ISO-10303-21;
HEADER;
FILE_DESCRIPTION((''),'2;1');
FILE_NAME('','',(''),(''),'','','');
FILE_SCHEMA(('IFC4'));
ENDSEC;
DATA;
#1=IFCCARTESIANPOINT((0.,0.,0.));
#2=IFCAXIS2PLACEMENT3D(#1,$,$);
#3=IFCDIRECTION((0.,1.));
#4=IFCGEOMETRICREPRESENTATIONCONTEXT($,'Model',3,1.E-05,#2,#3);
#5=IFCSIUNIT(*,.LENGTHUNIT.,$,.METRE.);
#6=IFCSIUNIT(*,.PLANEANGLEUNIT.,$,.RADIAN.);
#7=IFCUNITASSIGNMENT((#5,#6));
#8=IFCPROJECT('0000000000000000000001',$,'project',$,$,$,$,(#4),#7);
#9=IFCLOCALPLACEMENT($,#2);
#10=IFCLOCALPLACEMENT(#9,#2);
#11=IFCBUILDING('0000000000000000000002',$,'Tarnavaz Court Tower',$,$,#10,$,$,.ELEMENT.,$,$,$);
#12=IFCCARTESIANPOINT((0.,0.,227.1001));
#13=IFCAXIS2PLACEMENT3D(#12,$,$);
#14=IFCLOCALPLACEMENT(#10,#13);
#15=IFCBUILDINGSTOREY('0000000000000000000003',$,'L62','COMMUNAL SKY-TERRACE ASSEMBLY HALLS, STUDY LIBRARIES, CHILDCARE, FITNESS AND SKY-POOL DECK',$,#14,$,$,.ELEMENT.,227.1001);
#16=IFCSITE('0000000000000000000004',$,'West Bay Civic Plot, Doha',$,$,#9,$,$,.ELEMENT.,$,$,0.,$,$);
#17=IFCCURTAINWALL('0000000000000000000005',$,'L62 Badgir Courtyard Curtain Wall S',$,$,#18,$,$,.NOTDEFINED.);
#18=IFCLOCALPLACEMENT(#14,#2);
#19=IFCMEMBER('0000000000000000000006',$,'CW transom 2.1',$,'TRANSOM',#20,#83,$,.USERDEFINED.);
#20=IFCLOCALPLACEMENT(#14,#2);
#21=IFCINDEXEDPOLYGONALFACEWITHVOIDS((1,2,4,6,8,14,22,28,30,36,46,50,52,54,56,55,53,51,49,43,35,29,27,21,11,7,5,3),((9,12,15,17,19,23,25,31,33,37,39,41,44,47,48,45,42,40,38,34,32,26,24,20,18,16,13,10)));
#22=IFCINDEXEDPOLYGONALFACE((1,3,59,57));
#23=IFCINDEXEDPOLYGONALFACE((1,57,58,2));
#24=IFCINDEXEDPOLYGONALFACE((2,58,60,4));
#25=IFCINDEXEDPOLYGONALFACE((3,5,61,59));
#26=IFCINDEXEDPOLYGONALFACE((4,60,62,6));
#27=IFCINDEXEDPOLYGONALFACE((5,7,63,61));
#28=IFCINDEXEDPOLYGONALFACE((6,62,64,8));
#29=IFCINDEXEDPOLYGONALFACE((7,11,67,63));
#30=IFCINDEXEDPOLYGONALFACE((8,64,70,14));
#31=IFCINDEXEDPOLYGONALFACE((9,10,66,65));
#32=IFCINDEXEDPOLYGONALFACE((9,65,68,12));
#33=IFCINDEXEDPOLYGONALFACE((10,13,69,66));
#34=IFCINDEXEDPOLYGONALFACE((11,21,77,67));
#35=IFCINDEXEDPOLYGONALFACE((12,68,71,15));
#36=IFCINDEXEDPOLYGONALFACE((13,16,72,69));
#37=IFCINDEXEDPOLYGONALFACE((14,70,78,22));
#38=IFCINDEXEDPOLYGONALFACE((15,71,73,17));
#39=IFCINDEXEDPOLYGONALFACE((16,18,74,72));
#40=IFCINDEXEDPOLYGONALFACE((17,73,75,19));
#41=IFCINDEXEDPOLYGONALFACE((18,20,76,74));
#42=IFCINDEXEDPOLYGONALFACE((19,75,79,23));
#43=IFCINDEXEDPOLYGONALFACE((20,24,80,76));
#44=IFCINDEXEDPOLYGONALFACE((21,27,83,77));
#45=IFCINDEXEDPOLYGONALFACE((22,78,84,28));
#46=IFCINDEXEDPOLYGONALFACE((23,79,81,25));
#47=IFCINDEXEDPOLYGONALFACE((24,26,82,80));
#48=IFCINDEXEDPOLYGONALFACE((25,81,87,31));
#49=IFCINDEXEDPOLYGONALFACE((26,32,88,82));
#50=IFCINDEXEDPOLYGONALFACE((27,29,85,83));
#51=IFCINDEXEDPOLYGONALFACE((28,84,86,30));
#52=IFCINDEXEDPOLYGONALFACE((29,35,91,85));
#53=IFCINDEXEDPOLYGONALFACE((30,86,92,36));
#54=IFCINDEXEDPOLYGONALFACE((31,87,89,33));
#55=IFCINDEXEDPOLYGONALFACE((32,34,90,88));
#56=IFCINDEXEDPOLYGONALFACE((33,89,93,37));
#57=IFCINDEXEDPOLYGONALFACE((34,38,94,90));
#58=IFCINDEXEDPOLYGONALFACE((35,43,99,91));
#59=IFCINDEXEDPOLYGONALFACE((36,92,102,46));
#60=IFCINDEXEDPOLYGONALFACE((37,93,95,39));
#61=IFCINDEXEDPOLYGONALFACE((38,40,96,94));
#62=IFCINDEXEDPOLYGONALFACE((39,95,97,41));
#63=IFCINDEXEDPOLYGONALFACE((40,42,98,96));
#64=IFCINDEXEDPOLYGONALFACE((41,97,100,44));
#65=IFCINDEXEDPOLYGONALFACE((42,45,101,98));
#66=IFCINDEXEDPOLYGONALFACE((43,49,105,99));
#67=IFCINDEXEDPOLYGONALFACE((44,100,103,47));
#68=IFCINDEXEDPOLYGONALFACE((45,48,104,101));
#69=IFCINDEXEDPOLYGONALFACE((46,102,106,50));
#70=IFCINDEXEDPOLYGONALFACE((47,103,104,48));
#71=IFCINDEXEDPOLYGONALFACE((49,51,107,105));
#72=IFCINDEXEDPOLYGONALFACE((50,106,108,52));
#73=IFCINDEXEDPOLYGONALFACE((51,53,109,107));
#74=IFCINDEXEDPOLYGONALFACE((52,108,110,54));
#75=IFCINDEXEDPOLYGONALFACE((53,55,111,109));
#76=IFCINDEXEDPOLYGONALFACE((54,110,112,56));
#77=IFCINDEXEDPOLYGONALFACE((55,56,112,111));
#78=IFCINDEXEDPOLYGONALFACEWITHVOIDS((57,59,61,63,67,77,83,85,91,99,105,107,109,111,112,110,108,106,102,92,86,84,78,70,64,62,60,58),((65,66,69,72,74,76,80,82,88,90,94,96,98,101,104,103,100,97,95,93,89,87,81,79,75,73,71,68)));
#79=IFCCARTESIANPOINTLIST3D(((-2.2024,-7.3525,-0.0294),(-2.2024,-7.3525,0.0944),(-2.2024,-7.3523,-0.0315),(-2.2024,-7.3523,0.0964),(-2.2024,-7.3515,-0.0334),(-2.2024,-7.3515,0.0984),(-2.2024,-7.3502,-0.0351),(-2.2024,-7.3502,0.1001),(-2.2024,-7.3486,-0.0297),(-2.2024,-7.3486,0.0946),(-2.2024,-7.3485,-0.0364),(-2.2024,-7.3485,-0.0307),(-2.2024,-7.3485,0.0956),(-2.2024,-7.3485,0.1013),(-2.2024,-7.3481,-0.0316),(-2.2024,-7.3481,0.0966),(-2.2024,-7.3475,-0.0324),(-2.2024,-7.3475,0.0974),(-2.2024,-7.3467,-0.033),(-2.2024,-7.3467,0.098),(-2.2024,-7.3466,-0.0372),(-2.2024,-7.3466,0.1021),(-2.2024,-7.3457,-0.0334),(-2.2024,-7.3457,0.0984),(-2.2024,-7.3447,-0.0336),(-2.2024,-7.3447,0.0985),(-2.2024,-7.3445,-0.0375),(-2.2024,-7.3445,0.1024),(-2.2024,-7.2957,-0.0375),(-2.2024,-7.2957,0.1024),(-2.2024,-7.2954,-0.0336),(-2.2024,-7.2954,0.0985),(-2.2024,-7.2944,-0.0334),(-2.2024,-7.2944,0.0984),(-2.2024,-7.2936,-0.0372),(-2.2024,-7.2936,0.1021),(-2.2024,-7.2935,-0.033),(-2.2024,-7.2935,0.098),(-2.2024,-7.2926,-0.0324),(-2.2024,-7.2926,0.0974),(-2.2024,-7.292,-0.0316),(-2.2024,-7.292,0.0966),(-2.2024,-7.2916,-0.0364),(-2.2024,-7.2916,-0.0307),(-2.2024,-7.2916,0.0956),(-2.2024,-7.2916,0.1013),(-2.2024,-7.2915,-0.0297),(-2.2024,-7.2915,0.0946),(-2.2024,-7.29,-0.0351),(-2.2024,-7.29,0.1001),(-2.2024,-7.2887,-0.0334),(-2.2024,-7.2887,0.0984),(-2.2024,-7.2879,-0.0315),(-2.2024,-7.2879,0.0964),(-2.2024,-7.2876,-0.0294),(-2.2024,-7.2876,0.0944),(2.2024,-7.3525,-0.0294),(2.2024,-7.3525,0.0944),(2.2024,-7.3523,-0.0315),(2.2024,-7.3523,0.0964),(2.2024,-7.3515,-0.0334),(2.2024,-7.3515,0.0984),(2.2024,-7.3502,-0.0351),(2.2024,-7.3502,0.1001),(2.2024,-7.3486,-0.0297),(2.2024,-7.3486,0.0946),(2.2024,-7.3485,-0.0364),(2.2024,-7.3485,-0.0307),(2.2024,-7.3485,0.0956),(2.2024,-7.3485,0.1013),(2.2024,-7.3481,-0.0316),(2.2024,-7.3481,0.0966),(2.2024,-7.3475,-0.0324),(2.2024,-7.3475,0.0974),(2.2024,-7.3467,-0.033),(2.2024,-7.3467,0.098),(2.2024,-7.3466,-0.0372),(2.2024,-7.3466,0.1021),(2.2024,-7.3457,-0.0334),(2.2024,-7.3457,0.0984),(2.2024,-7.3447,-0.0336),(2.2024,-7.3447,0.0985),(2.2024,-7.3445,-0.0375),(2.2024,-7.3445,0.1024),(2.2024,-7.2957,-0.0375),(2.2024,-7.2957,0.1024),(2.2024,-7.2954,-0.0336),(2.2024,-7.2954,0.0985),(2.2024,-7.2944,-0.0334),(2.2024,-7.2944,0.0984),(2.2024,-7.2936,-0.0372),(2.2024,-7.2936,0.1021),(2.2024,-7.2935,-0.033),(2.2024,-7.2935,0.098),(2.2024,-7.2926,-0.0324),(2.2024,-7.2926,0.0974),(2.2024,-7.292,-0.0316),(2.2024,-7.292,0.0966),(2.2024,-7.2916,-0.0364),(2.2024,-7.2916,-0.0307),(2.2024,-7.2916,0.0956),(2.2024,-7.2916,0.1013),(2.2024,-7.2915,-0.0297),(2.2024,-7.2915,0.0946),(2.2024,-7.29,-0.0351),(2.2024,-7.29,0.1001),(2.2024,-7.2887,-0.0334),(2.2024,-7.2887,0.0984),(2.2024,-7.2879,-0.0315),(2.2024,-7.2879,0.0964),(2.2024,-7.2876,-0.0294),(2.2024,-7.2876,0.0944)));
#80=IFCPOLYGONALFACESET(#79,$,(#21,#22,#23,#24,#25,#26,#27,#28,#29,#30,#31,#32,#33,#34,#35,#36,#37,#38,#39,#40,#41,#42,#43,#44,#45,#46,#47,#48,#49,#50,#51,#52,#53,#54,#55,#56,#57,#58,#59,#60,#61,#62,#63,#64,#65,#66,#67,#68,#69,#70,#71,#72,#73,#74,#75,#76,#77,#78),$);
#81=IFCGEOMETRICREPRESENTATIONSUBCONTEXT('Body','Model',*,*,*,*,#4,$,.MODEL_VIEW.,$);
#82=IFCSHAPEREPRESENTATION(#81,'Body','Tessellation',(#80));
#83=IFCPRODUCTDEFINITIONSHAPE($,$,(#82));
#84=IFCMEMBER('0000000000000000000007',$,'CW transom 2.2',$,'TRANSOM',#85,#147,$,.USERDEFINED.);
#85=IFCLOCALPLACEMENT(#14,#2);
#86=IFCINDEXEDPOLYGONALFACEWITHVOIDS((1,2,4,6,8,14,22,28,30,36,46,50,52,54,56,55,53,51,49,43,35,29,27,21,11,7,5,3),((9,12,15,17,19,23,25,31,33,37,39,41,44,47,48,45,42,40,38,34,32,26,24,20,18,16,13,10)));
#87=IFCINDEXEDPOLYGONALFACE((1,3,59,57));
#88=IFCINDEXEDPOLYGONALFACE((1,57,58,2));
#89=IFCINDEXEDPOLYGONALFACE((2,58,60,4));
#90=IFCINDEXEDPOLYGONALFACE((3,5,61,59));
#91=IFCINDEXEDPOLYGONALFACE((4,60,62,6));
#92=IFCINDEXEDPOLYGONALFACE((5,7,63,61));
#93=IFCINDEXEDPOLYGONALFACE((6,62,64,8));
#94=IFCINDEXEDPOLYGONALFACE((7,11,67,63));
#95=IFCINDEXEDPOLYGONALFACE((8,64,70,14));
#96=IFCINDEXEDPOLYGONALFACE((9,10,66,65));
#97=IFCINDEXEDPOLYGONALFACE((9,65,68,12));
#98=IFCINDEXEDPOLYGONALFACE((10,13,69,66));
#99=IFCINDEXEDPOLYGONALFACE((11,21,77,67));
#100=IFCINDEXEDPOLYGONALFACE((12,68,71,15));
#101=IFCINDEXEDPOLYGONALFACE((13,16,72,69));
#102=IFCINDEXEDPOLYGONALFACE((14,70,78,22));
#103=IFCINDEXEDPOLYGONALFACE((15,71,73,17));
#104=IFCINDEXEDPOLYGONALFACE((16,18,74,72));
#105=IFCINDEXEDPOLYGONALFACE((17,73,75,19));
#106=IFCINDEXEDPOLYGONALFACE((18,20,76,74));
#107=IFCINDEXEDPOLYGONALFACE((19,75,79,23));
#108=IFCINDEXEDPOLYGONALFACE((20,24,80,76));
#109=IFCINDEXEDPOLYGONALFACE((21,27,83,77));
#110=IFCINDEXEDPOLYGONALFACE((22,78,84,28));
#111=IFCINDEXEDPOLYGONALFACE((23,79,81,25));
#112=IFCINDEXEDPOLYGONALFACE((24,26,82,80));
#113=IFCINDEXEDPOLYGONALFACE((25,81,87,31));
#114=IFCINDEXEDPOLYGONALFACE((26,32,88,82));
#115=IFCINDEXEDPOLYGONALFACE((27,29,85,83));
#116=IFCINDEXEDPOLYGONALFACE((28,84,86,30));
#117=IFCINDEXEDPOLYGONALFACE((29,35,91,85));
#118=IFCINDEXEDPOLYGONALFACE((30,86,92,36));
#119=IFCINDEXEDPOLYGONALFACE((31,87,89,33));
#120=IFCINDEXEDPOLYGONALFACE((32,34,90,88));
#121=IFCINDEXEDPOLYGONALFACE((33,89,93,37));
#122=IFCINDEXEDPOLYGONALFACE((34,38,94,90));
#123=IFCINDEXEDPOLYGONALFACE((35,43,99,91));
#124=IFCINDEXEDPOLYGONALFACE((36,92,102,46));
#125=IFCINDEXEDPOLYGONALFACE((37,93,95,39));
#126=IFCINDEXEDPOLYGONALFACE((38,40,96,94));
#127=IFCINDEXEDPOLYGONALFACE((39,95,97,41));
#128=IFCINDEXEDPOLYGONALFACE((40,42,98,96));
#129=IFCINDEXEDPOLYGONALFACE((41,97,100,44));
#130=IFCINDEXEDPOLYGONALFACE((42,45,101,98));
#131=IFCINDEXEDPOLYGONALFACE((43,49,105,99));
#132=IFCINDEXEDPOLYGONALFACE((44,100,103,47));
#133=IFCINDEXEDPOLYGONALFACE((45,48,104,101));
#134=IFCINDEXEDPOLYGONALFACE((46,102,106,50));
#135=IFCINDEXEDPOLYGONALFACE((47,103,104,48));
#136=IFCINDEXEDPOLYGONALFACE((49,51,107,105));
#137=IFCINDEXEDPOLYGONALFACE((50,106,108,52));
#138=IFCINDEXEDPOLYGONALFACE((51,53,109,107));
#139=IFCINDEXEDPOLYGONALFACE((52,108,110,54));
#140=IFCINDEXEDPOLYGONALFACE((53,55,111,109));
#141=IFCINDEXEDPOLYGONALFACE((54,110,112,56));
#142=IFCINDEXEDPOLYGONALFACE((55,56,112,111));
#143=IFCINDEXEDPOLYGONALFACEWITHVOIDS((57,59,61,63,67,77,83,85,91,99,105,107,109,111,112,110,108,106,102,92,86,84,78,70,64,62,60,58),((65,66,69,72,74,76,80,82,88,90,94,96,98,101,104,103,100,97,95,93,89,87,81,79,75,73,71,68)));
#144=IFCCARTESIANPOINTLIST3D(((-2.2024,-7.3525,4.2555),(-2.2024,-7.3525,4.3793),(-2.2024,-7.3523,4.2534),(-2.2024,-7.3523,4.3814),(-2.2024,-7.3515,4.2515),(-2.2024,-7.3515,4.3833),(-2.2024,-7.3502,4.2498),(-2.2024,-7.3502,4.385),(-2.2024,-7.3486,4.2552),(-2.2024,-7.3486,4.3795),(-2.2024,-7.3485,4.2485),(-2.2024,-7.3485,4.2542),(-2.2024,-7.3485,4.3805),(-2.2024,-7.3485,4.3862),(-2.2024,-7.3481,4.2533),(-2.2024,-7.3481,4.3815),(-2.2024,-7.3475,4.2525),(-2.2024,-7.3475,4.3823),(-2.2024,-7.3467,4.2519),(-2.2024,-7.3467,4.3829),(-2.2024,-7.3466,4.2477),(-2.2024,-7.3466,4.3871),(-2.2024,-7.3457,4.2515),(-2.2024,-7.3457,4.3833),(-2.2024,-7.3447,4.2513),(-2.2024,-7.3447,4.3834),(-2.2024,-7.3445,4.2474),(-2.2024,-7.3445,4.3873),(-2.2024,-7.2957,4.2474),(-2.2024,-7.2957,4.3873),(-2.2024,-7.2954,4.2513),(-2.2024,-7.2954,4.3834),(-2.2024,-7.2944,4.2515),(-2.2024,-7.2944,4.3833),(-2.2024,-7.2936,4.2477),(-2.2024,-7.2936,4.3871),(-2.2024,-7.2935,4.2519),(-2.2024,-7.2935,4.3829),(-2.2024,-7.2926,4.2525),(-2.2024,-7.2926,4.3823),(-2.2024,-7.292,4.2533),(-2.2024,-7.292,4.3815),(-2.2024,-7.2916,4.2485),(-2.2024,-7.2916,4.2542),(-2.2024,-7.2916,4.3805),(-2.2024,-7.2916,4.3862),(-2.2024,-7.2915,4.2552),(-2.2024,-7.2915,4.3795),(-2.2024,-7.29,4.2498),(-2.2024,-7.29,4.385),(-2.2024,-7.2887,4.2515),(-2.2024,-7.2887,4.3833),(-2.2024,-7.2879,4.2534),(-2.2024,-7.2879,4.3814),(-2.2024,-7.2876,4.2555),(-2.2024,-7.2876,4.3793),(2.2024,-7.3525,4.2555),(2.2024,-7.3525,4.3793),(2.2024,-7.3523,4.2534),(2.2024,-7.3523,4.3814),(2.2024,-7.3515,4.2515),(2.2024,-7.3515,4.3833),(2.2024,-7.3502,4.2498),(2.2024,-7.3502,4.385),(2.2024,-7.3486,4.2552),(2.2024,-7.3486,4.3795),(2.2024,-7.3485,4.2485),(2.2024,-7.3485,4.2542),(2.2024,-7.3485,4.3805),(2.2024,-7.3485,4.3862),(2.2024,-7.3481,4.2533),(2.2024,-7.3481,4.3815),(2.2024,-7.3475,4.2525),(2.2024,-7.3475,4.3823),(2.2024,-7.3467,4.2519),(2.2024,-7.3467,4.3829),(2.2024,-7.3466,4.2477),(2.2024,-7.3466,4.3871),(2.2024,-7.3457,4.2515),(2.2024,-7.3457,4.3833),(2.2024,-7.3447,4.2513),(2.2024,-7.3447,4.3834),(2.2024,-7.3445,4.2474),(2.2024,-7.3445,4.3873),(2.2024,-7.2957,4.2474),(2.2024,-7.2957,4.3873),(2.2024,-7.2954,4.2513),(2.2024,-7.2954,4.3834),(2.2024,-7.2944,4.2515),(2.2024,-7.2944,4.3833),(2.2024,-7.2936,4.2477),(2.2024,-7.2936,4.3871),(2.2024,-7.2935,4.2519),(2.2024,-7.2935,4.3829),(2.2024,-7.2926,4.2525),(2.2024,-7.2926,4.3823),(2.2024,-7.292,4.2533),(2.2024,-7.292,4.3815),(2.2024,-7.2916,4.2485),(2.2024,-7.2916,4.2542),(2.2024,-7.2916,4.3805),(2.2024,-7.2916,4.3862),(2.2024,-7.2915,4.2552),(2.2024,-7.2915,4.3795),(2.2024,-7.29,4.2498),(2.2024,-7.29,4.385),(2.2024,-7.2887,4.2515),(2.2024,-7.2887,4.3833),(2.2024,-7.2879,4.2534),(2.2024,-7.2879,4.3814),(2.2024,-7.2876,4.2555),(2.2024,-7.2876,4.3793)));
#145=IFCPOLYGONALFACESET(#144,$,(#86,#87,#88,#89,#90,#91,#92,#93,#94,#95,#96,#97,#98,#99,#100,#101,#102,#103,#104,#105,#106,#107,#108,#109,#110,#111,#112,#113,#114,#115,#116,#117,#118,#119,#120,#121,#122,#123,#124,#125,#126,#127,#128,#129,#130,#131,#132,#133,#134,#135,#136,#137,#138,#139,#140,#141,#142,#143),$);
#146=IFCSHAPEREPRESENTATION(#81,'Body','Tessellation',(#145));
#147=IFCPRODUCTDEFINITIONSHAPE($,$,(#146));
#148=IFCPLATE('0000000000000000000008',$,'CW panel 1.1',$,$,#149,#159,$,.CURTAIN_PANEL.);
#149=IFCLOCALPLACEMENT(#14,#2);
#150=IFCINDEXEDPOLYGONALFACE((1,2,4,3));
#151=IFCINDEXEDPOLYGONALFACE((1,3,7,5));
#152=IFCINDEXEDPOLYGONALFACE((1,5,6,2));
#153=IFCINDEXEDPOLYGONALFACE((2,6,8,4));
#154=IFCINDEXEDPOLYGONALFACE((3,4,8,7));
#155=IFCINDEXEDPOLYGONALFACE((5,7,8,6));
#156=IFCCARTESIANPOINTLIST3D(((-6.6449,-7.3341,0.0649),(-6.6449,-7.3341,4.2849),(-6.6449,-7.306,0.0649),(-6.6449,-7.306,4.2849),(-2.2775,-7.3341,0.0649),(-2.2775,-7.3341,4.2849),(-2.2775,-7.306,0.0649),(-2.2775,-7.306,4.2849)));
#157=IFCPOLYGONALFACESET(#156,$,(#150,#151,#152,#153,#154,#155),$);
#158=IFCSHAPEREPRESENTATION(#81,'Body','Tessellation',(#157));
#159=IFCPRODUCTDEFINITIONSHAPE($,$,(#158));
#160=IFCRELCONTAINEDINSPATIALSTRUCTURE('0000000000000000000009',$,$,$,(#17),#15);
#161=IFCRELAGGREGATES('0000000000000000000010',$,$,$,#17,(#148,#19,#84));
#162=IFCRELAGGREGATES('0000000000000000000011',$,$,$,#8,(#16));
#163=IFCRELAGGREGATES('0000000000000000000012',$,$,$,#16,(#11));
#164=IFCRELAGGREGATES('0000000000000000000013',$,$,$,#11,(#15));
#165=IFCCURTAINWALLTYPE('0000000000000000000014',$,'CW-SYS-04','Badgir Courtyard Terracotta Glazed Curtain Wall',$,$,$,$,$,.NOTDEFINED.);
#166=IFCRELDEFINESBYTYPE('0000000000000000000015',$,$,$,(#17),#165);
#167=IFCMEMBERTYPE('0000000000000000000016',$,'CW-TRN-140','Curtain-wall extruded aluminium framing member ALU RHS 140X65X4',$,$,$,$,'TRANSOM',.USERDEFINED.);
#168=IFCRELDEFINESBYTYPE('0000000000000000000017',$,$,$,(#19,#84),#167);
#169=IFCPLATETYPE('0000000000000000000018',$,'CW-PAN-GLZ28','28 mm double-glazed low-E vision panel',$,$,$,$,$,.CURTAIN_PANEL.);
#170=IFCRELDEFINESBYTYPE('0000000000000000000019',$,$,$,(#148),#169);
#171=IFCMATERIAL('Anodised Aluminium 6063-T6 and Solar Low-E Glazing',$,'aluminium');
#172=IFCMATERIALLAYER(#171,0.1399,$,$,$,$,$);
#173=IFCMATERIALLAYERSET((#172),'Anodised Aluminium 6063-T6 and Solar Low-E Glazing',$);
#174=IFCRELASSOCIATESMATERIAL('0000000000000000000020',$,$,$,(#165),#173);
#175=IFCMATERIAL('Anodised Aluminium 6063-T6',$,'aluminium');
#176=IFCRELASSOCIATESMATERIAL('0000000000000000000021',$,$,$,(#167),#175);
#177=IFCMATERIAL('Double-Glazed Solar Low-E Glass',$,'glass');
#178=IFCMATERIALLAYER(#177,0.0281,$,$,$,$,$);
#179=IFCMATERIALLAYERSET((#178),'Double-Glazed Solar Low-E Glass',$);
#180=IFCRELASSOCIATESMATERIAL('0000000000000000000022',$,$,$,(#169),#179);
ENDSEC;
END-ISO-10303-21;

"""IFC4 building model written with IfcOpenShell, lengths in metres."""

from ifc_helpers import new_model, si_unit, direction, frame, origin, origin_2d, place, context, subcontext, project, spatial, rectangle, hollow_rectangle, extrude, material, layer, layer_set, material_profile, profile_set, type_object, element, aggregate, save


model = new_model("IFC4")

# Units and contexts
model_context = context("Model", 3, precision=1e-05, world=origin(), true_north=direction((0.0, 1.0)))
body_context = subcontext(model_context, "Body", "Model", "MODEL_VIEW")
ifc_project = project(units=[si_unit("LENGTHUNIT", "METRE"), si_unit("PLANEANGLEUNIT", "RADIAN")], contexts=[model_context])

# Site, building, storey
site_placement = place(None, origin())
site = spatial("IfcSite", under=ifc_project, at=site_placement, Name="West Bay Civic Plot, Doha", CompositionType="ELEMENT", RefElevation=0.0)
building_placement = place(site_placement, origin())
building = spatial("IfcBuilding", under=site, at=building_placement, Name="Tarnavaz Court Tower", CompositionType="ELEMENT")
storey_placement = place(building_placement, frame((0.0, 0.0, 227.1001)))
storey = spatial("IfcBuildingStorey", under=building, at=storey_placement, Name="L62", Description="COMMUNAL SKY-TERRACE ASSEMBLY HALLS, STUDY LIBRARIES, CHILDCARE, FITNESS AND SKY-POOL DECK", CompositionType="ELEMENT", Elevation=227.1001)

# Curtain wall, members, plate
ifc_material_1 = material(Name="Anodised Aluminium 6063-T6 and Solar Low-E Glazing", Category="aluminium")
ifc_layer_1 = layer(ifc_material_1, 0.1399)
ifc_layer_set_1 = layer_set([ifc_layer_1], Name="Anodised Aluminium 6063-T6 and Solar Low-E Glazing")
curtain_wall_type = type_object("IfcCurtainWallType", Name="CW-SYS-04", Description="Badgir Courtyard Terracotta Glazed Curtain Wall", PredefinedType="NOTDEFINED", material=ifc_layer_set_1)
curtain_wall_placement = place(storey_placement, origin())
curtain_wall = element("IfcCurtainWall", 1, at=curtain_wall_placement, inside=storey, type_object=curtain_wall_type, Name="L62 Badgir Courtyard Curtain Wall S", PredefinedType="NOTDEFINED")
ifc_material_2 = material(Name="Anodised Aluminium 6063-T6", Category="aluminium")
ifc_material_profile_1 = material_profile(ifc_material_2, hollow_rectangle(XDim=0.0649, YDim=0.1399, WallThickness=0.0039, InnerFilletRadius=0.0039, OuterFilletRadius=0.0081, at=origin_2d()), Name="ALU RHS 140X65X4")
ifc_profile_set_1 = profile_set([ifc_material_profile_1], Name="Anodised Aluminium 6063-T6")
member_type_1 = type_object("IfcMemberType", Name="CW-TRN-140", Description="Curtain-wall extruded aluminium framing member ALU RHS 140X65X4", ElementType="TRANSOM", PredefinedType="USERDEFINED", material=ifc_profile_set_1)
member_1_placement = place(storey_placement, frame((-2.2024, -7.3201, 0.0325), z_axis=(1.0, 0.0, 0.0), x_axis=(0.0, 1.0, 0.0)))
member_1 = element("IfcMember", 2, at=member_1_placement, type_object=member_type_1, Name="CW transom 2.1", ObjectType="TRANSOM", PredefinedType="USERDEFINED", context=body_context, shape_type="SweptSolid", body=[
    extrude(hollow_rectangle(XDim=0.0649, YDim=0.1399, WallThickness=0.0039, InnerFilletRadius=0.0039, OuterFilletRadius=0.0081, at=origin_2d()), origin(), (0.0, 0.0, 1.0), 4.4048),
])
member_2_placement = place(storey_placement, frame((-2.2024, -7.3201, 4.3174), z_axis=(1.0, 0.0, 0.0), x_axis=(0.0, 1.0, 0.0)))
member_2 = element("IfcMember", 3, at=member_2_placement, type_object=member_type_1, Name="CW transom 2.2", ObjectType="TRANSOM", PredefinedType="USERDEFINED", context=body_context, shape_type="SweptSolid", body=[
    extrude(hollow_rectangle(XDim=0.0649, YDim=0.1399, WallThickness=0.0039, InnerFilletRadius=0.0039, OuterFilletRadius=0.0081, at=origin_2d()), origin(), (0.0, 0.0, 1.0), 4.4048),
])
ifc_material_3 = material(Name="Double-Glazed Solar Low-E Glass", Category="glass")
ifc_layer_2 = layer(ifc_material_3, 0.0281)
ifc_layer_set_2 = layer_set([ifc_layer_2], Name="Double-Glazed Solar Low-E Glass")
plate_type = type_object("IfcPlateType", Name="CW-PAN-GLZ28", Description="28 mm double-glazed low-E vision panel", PredefinedType="CURTAIN_PANEL", material=ifc_layer_set_2)
plate_placement = place(storey_placement, frame((-4.4612, -7.3201, 0.0649), z_axis=(0.0, 0.0, 1.0), x_axis=(1.0, 0.0, 0.0)))
plate = element("IfcPlate", 4, at=plate_placement, type_object=plate_type, Name="CW panel 1.1", PredefinedType="CURTAIN_PANEL", context=body_context, shape_type="SweptSolid", body=[
    extrude(rectangle(XDim=4.3674, YDim=0.0281, at=origin_2d()), origin(), (0.0, 0.0, 1.0), 4.22),
])
aggregate(curtain_wall, [plate, member_1, member_2])

save(model, "model.ifc")
